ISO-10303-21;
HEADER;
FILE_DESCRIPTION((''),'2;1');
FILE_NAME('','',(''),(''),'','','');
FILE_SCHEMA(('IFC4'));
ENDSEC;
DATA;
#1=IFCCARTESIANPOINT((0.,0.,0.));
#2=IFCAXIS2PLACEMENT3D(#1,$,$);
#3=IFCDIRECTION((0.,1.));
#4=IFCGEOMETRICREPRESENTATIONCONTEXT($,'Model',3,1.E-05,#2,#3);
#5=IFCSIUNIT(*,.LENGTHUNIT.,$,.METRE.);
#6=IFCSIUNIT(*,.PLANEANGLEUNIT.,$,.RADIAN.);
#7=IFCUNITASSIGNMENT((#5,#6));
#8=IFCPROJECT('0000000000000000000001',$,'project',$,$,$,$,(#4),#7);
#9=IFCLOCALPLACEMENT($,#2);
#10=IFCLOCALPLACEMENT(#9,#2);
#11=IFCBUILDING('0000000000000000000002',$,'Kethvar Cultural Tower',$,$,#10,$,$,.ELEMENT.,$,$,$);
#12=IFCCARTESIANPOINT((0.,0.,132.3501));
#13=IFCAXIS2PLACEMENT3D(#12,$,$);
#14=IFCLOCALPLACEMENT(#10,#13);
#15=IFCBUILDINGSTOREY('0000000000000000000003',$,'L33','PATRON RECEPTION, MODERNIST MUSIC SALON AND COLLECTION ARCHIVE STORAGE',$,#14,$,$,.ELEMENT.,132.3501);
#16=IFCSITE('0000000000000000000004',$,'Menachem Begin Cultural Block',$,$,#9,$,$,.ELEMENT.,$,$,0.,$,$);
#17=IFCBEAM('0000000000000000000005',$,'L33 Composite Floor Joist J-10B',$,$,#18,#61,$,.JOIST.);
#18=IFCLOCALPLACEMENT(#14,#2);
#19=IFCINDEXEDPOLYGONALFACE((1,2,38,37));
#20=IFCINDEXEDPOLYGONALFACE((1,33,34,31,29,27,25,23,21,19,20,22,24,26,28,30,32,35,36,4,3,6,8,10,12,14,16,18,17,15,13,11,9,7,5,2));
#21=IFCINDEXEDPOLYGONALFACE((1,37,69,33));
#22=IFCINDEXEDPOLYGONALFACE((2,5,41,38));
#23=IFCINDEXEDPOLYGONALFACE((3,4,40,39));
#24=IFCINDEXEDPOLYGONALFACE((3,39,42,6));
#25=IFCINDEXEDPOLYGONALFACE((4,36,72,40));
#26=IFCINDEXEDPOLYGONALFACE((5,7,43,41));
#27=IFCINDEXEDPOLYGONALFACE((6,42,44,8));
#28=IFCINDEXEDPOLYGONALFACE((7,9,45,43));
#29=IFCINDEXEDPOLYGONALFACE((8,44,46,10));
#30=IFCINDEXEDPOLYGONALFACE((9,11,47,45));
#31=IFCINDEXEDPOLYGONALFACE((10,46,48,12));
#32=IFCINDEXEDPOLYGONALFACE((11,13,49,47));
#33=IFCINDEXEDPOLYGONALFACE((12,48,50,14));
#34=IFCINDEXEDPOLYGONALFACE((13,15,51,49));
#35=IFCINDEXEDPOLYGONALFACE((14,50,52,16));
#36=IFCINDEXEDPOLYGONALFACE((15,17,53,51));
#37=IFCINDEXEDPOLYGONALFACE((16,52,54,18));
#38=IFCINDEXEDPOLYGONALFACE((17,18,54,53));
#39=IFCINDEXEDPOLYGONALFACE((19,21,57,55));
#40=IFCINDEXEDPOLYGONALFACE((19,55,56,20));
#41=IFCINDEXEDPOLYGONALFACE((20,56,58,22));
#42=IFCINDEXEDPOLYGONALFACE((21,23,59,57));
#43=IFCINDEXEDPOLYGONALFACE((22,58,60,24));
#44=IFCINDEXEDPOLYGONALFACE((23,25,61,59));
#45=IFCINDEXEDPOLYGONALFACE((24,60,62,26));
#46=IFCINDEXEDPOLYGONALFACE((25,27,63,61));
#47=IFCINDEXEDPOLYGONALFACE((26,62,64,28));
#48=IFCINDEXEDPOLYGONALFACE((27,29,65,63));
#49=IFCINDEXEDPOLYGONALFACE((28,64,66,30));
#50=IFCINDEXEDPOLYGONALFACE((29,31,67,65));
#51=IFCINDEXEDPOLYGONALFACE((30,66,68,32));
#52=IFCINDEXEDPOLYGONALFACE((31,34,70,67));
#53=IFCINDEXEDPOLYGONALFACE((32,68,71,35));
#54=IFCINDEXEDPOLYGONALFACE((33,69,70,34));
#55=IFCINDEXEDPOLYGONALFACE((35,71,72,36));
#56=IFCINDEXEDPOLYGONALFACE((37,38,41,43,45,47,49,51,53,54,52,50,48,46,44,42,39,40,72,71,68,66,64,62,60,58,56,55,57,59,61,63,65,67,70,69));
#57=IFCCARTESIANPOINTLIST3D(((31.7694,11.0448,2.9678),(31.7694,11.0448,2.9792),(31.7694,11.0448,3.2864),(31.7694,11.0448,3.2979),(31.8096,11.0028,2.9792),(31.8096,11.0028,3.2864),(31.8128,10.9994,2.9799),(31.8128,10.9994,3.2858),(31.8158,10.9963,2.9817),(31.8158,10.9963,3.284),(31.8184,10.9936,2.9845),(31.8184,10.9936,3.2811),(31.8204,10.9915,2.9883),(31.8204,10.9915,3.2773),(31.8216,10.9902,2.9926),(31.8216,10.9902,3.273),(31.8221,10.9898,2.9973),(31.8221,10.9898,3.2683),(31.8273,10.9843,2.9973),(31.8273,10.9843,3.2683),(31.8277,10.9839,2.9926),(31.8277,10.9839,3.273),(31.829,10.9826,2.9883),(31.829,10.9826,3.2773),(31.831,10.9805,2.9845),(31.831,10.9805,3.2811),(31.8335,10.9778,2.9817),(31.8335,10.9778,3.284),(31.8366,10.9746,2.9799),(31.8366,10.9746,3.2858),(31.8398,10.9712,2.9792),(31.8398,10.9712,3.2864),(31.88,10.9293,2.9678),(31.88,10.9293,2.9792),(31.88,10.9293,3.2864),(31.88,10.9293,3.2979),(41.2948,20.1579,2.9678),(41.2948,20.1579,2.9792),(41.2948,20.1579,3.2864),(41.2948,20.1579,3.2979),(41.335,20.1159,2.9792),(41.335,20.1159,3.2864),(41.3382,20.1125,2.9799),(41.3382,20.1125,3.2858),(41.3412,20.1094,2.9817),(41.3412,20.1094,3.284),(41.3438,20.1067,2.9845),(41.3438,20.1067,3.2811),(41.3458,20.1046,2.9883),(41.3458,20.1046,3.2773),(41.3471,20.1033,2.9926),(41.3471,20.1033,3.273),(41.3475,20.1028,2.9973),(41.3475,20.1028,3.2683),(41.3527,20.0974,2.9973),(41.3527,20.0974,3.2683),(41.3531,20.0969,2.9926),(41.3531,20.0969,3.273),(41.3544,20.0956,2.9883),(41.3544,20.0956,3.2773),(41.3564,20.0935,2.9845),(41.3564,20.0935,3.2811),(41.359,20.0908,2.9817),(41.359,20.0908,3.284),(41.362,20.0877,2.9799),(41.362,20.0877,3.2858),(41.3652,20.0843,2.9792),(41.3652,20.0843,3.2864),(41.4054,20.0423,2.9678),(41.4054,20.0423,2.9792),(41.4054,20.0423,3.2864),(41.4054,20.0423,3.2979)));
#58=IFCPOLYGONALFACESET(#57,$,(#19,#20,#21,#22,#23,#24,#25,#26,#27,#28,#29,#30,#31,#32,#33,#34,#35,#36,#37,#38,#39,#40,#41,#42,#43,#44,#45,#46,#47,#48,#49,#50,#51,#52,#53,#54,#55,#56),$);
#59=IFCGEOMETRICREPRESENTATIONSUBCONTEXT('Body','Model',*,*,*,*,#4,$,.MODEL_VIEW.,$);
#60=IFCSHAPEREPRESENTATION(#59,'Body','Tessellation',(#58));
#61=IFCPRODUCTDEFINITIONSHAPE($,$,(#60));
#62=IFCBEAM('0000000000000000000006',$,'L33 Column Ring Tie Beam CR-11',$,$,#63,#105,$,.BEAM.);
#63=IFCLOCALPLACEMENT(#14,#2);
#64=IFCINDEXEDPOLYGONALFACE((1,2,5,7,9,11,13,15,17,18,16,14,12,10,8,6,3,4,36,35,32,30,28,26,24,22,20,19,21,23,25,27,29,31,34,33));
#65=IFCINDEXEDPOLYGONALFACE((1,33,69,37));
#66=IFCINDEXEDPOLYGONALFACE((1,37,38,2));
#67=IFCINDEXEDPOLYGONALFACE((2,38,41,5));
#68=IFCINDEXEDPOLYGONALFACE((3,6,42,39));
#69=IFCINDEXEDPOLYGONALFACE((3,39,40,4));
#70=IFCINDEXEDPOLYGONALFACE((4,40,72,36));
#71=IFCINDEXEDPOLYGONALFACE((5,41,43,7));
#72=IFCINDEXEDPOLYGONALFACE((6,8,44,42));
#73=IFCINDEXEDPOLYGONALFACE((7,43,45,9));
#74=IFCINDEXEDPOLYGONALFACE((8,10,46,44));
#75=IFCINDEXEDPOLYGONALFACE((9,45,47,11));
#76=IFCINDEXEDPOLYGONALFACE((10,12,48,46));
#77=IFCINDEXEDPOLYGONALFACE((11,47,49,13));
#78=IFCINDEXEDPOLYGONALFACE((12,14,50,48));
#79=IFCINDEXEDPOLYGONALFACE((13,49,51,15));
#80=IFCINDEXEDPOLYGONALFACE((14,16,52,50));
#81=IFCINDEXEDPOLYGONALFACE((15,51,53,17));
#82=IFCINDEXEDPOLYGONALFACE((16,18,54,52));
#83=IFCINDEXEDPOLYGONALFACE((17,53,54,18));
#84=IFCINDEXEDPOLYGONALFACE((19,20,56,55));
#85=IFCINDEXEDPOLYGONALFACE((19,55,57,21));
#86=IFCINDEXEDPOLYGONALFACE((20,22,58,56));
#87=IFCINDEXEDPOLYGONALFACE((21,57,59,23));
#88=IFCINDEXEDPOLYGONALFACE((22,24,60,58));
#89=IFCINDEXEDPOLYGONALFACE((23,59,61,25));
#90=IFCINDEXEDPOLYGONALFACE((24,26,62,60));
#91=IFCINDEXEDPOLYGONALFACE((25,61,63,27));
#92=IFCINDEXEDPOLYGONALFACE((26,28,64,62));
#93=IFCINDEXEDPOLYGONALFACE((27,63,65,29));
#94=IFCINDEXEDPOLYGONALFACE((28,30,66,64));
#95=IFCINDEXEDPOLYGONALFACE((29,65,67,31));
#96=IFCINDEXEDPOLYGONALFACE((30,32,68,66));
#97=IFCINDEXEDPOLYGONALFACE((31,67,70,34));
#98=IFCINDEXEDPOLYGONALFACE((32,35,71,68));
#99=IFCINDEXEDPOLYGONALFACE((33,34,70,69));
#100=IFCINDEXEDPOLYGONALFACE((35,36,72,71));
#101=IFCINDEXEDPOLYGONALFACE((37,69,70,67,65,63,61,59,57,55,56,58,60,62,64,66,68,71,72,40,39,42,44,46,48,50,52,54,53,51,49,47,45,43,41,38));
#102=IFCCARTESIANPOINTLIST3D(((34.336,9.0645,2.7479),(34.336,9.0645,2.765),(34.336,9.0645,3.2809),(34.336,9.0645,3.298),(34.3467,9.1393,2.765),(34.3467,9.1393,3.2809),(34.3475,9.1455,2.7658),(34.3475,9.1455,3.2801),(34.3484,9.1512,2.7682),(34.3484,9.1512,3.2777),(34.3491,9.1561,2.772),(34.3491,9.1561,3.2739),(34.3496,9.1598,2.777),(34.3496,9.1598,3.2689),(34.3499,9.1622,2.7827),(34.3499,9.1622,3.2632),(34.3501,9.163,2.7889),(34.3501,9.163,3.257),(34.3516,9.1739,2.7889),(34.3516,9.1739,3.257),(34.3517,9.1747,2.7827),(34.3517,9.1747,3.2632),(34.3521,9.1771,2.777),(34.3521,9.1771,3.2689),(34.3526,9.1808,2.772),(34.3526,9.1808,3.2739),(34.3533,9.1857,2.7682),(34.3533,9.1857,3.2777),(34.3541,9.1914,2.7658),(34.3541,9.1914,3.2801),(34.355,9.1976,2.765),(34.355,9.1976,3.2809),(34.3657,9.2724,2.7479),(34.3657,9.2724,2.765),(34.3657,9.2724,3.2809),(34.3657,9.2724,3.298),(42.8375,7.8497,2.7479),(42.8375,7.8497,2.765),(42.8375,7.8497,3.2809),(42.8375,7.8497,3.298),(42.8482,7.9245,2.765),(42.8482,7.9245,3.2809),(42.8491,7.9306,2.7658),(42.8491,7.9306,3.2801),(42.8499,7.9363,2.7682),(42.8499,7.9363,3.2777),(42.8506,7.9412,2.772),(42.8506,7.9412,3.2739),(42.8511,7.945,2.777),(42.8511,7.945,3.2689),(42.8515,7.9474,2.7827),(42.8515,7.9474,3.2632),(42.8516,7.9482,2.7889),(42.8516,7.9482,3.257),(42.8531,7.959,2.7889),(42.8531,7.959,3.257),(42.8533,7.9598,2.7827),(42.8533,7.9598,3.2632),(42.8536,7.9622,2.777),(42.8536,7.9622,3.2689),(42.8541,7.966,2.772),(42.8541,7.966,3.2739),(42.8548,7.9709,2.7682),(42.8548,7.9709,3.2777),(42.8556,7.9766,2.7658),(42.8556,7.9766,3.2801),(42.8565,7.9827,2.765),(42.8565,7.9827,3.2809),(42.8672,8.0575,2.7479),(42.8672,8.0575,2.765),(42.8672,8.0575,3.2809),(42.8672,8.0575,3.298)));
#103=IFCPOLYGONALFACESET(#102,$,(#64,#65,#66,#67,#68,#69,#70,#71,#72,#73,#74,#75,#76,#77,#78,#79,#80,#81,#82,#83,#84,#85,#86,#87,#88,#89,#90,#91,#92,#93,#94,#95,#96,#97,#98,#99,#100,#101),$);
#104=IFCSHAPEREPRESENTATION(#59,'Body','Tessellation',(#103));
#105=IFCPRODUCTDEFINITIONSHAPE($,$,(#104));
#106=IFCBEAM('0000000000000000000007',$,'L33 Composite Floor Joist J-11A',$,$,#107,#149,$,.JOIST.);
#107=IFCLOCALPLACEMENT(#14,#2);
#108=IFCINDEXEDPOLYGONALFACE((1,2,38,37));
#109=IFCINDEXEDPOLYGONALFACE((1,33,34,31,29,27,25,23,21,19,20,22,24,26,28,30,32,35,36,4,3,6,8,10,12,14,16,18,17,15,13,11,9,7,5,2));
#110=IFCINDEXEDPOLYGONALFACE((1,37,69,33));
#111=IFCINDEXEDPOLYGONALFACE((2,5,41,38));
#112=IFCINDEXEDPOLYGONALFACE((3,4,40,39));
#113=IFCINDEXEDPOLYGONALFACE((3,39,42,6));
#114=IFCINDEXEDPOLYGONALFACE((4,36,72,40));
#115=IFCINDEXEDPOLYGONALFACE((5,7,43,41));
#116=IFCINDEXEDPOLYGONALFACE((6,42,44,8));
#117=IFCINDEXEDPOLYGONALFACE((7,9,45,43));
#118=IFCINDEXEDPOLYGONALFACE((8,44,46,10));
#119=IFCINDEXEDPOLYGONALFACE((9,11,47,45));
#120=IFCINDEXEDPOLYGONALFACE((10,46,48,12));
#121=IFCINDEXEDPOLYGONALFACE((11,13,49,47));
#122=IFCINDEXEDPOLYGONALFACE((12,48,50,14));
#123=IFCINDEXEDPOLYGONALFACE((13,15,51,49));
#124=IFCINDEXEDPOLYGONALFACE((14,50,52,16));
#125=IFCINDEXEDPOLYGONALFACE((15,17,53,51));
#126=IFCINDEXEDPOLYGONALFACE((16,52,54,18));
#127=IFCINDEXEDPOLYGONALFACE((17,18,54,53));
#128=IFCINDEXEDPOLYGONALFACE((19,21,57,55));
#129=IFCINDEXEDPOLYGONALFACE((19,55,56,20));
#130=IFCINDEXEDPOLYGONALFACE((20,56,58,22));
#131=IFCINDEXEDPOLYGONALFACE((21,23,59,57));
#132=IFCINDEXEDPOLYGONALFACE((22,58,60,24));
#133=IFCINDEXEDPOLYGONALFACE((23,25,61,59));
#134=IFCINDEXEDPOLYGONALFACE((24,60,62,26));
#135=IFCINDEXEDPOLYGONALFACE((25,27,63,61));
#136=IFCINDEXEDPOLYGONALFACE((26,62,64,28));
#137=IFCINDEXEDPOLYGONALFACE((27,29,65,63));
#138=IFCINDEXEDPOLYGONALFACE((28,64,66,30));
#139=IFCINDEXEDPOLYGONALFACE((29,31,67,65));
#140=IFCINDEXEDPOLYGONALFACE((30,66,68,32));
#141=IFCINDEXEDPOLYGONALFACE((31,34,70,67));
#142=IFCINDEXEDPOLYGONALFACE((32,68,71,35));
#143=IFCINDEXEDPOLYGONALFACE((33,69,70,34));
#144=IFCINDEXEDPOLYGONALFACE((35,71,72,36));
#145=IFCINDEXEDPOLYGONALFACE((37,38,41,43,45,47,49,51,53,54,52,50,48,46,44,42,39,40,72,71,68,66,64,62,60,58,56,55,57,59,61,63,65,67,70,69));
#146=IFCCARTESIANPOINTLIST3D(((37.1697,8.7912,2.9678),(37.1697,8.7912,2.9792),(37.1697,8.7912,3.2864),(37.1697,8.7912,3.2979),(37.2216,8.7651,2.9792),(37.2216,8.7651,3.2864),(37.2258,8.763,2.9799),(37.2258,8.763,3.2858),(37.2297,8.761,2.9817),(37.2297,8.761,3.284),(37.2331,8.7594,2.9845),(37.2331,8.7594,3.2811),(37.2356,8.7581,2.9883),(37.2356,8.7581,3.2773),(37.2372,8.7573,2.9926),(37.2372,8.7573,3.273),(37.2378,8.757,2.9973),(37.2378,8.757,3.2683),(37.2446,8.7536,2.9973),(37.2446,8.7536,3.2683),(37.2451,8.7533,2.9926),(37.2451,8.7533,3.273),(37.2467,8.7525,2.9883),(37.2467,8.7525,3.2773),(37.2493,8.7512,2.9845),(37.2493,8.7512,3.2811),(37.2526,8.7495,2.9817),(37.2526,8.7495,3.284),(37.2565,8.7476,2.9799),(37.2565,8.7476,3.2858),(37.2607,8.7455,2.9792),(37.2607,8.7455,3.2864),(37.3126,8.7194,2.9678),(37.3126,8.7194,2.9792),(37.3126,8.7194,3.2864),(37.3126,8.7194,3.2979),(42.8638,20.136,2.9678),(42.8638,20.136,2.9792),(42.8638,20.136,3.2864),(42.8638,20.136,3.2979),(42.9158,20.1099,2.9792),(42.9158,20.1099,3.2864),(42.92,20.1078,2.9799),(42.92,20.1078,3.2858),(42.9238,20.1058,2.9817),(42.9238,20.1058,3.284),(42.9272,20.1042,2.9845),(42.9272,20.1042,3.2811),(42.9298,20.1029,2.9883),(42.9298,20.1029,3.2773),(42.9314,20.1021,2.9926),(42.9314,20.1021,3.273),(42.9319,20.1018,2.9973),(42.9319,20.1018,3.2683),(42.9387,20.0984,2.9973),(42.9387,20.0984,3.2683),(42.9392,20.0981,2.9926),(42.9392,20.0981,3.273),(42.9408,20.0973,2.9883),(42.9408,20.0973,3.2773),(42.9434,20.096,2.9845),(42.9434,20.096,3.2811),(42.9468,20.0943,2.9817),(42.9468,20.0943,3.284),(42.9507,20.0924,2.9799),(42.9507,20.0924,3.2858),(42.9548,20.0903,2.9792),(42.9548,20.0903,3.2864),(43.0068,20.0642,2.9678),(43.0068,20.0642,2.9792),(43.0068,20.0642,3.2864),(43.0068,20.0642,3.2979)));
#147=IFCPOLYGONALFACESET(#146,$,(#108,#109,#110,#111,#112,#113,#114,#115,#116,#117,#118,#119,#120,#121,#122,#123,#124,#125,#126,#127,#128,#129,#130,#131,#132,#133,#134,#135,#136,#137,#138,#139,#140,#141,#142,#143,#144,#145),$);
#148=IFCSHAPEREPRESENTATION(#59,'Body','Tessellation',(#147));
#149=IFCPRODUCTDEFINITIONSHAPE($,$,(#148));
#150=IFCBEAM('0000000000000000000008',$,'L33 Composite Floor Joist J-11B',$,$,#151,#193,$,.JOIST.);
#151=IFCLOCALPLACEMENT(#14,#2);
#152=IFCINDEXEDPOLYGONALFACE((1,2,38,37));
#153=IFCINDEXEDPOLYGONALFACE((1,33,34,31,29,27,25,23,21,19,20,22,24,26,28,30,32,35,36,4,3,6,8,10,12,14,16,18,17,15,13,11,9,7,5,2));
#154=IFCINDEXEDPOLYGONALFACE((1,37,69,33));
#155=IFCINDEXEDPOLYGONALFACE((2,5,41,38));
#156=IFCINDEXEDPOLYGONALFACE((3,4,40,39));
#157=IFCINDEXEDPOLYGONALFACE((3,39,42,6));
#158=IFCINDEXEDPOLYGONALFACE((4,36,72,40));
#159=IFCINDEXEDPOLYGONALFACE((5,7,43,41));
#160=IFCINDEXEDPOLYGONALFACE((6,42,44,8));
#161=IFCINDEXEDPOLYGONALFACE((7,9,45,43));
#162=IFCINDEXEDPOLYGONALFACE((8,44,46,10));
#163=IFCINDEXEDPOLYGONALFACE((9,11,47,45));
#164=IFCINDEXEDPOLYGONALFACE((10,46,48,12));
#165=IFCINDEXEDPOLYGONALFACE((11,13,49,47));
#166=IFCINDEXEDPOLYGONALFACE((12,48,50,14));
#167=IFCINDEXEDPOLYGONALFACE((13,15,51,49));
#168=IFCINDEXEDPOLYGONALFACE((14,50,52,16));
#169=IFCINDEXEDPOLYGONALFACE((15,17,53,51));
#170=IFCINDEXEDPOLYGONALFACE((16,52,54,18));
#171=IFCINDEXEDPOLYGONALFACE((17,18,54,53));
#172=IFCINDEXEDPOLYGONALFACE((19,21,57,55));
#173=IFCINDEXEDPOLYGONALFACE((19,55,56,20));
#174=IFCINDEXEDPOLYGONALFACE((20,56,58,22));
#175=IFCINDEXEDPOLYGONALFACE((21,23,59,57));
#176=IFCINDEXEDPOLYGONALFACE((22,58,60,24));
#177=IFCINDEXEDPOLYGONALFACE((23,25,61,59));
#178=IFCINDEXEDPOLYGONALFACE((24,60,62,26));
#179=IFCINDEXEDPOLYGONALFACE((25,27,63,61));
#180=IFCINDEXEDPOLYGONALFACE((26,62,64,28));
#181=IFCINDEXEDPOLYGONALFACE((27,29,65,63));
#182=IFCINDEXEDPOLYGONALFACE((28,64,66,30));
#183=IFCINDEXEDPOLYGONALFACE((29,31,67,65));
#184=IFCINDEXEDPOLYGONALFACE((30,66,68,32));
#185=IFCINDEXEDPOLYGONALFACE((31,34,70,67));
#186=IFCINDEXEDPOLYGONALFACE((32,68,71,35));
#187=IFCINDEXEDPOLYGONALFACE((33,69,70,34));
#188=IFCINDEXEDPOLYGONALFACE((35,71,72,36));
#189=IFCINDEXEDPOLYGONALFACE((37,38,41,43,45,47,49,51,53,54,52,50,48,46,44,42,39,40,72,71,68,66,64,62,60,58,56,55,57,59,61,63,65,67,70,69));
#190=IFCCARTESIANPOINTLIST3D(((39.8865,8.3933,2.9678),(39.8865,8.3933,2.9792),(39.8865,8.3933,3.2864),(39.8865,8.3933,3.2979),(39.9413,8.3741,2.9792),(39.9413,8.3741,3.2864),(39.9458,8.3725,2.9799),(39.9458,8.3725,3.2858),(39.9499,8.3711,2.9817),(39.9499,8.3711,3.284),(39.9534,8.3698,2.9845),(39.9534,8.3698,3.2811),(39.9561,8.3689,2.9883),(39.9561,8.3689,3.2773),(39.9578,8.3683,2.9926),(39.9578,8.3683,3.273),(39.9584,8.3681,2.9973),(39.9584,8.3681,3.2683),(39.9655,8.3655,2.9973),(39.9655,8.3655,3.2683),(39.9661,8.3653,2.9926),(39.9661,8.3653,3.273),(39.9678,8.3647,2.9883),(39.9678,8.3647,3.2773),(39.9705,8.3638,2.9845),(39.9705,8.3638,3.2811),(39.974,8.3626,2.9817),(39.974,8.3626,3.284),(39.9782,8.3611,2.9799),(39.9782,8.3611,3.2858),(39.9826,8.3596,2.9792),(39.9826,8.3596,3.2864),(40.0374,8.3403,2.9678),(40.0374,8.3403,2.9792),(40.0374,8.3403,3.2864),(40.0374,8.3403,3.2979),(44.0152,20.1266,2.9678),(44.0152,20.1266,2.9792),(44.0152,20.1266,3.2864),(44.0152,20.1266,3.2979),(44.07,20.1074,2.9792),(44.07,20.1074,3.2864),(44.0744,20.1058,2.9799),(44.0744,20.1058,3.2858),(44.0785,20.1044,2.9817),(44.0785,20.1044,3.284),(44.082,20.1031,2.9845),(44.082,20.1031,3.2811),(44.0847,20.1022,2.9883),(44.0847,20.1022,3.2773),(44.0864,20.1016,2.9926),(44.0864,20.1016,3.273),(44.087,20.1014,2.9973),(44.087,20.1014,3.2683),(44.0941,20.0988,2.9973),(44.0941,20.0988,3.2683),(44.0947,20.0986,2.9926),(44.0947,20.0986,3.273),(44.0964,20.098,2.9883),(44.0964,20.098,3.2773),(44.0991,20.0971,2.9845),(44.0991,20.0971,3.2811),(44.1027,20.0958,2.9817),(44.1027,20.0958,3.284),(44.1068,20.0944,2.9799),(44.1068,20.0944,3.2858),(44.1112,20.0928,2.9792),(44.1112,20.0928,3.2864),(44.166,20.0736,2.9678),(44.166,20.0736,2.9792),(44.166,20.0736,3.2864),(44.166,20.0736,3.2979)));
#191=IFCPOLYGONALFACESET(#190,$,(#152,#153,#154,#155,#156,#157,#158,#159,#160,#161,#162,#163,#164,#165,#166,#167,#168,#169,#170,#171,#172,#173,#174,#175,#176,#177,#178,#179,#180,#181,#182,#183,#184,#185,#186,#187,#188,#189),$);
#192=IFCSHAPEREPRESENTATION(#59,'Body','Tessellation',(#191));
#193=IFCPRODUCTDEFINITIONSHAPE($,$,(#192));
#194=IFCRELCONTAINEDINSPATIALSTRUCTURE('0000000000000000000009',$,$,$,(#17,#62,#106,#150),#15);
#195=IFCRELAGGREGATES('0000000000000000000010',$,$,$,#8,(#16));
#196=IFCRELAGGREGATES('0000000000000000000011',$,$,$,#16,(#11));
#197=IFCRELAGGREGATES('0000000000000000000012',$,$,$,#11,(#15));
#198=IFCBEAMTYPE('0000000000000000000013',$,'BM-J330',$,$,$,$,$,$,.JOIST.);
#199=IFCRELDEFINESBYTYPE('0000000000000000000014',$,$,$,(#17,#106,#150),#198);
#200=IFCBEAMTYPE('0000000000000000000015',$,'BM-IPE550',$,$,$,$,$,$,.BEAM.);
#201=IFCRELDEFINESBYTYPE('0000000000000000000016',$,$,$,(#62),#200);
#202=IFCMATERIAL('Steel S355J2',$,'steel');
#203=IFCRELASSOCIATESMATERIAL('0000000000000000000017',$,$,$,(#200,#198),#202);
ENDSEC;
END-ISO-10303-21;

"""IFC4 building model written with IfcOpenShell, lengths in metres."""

from ifc_helpers import new_model, si_unit, direction, frame, origin, origin_2d, place, context, subcontext, project, spatial, i_section, extrude, source, transform, mapped, material, material_profile, profile_set, type_object, element, save


model = new_model("IFC4")

# Units and contexts
model_context = context("Model", 3, precision=1e-05, world=origin(), true_north=direction((0.0, 1.0)))
body_context = subcontext(model_context, "Body", "Model", "MODEL_VIEW")
ifc_project = project(units=[si_unit("LENGTHUNIT", "METRE"), si_unit("PLANEANGLEUNIT", "RADIAN")], contexts=[model_context])

# Site, building, storey
site_placement = place(None, origin())
site = spatial("IfcSite", under=ifc_project, at=site_placement, Name="Menachem Begin Cultural Block", CompositionType="ELEMENT", RefElevation=0.0)
building_placement = place(site_placement, origin())
building = spatial("IfcBuilding", under=site, at=building_placement, Name="Kethvar Cultural Tower", CompositionType="ELEMENT")
storey_placement = place(building_placement, frame((0.0, 0.0, 132.3501)))
storey = spatial("IfcBuildingStorey", under=building, at=storey_placement, Name="L33", Description="PATRON RECEPTION, MODERNIST MUSIC SALON AND COLLECTION ARCHIVE STORAGE", CompositionType="ELEMENT", Elevation=132.3501)

# Beams
ifc_material_1 = material(Name="Steel S355J2", Category="steel")
ifc_material_profile_1 = material_profile(ifc_material_1, i_section(OverallWidth=0.21, OverallDepth=0.55, WebThickness=0.011, FlangeThickness=0.0171, FilletRadius=0.0239, at=origin_2d()), Name="Steel S355J2 — IPE550")
ifc_profile_set_1 = profile_set([ifc_material_profile_1], Name="Steel S355J2 — IPE550")
beam_type_1 = type_object("IfcBeamType", Name="BM-IPE550", PredefinedType="BEAM", material=ifc_profile_set_1)
ifc_material_profile_2 = material_profile(ifc_material_1, i_section(OverallWidth=0.1599, OverallDepth=0.3301, WebThickness=0.0076, FlangeThickness=0.0115, FilletRadius=0.0181, at=origin_2d()), Name="Steel S355J2 — IPE330")
ifc_profile_set_2 = profile_set([ifc_material_profile_2], Name="Steel S355J2 — IPE330")
beam_type_2 = type_object("IfcBeamType", Name="BM-J330", PredefinedType="JOIST", material=ifc_profile_set_2)
shared_shape_1 = source(origin(), body_context, "Body", "SweptSolid", [
    extrude(i_section(OverallWidth=0.1599, OverallDepth=0.3301, WebThickness=0.0076, FlangeThickness=0.0115, FilletRadius=0.0181, at=origin_2d()), origin(), (0.0, 0.0, 1.0), 13.1826),
])
beam_1_placement = place(storey_placement, frame((41.3501, 20.1001, 3.1328), z_axis=(-0.722574, -0.691294, 0.0), x_axis=(0.691294, -0.722574, 0.0)))
element("IfcBeam", 1, at=beam_1_placement, inside=storey, type_object=beam_type_2, Name="L33 Composite Floor Joist J-10B", PredefinedType="JOIST", context=body_context, shape_type="MappedRepresentation", body=[
    mapped(shared_shape_1, transform((0.0, 0.0, 0.0), scale=1.0)),
])
shared_shape_2 = source(origin(), body_context, "Body", "SweptSolid", [
    extrude(i_section(OverallWidth=0.21, OverallDepth=0.55, WebThickness=0.011, FlangeThickness=0.0171, FilletRadius=0.0239, at=origin_2d()), origin(), (0.0, 0.0, 1.0), 8.5879),
])
beam_2_placement = place(storey_placement, frame((34.3508, 9.1685, 3.0229), z_axis=(0.989944, -0.141461, 0.0), x_axis=(0.141461, 0.989944, 0.0)))
element("IfcBeam", 2, at=beam_2_placement, inside=storey, type_object=beam_type_1, Name="L33 Column Ring Tie Beam CR-11", PredefinedType="BEAM", context=body_context, shape_type="MappedRepresentation", body=[
    mapped(shared_shape_2, transform((0.0, 0.0, 0.0), scale=1.0)),
])
shared_shape_3 = source(origin(), body_context, "Body", "SweptSolid", [
    extrude(i_section(OverallWidth=0.1599, OverallDepth=0.3301, WebThickness=0.0076, FlangeThickness=0.0115, FilletRadius=0.0181, at=origin_2d()), origin(), (0.0, 0.0, 1.0), 12.6936),
])
beam_3_placement = place(storey_placement, frame((42.9353, 20.1001, 3.1328), z_axis=(-0.448582, -0.893741, 0.0), x_axis=(0.893741, -0.448582, 0.0)))
element("IfcBeam", 3, at=beam_3_placement, inside=storey, type_object=beam_type_2, Name="L33 Composite Floor Joist J-11A", PredefinedType="JOIST", context=body_context, shape_type="MappedRepresentation", body=[
    mapped(shared_shape_3, transform((0.0, 0.0, 0.0), scale=1.0)),
])
shared_shape_4 = source(origin(), body_context, "Body", "SweptSolid", [
    extrude(i_section(OverallWidth=0.1599, OverallDepth=0.3301, WebThickness=0.0076, FlangeThickness=0.0115, FilletRadius=0.0181, at=origin_2d()), origin(), (0.0, 0.0, 1.0), 12.4385),
])
beam_4_placement = place(storey_placement, frame((44.0906, 20.1001, 3.1328), z_axis=(-0.331924, -0.943306, 0.0), x_axis=(0.943306, -0.331924, 0.0)))
element("IfcBeam", 4, at=beam_4_placement, inside=storey, type_object=beam_type_2, Name="L33 Composite Floor Joist J-11B", PredefinedType="JOIST", context=body_context, shape_type="MappedRepresentation", body=[
    mapped(shared_shape_4, transform((0.0, 0.0, 0.0), scale=1.0)),
])

save(model, "model.ifc")
